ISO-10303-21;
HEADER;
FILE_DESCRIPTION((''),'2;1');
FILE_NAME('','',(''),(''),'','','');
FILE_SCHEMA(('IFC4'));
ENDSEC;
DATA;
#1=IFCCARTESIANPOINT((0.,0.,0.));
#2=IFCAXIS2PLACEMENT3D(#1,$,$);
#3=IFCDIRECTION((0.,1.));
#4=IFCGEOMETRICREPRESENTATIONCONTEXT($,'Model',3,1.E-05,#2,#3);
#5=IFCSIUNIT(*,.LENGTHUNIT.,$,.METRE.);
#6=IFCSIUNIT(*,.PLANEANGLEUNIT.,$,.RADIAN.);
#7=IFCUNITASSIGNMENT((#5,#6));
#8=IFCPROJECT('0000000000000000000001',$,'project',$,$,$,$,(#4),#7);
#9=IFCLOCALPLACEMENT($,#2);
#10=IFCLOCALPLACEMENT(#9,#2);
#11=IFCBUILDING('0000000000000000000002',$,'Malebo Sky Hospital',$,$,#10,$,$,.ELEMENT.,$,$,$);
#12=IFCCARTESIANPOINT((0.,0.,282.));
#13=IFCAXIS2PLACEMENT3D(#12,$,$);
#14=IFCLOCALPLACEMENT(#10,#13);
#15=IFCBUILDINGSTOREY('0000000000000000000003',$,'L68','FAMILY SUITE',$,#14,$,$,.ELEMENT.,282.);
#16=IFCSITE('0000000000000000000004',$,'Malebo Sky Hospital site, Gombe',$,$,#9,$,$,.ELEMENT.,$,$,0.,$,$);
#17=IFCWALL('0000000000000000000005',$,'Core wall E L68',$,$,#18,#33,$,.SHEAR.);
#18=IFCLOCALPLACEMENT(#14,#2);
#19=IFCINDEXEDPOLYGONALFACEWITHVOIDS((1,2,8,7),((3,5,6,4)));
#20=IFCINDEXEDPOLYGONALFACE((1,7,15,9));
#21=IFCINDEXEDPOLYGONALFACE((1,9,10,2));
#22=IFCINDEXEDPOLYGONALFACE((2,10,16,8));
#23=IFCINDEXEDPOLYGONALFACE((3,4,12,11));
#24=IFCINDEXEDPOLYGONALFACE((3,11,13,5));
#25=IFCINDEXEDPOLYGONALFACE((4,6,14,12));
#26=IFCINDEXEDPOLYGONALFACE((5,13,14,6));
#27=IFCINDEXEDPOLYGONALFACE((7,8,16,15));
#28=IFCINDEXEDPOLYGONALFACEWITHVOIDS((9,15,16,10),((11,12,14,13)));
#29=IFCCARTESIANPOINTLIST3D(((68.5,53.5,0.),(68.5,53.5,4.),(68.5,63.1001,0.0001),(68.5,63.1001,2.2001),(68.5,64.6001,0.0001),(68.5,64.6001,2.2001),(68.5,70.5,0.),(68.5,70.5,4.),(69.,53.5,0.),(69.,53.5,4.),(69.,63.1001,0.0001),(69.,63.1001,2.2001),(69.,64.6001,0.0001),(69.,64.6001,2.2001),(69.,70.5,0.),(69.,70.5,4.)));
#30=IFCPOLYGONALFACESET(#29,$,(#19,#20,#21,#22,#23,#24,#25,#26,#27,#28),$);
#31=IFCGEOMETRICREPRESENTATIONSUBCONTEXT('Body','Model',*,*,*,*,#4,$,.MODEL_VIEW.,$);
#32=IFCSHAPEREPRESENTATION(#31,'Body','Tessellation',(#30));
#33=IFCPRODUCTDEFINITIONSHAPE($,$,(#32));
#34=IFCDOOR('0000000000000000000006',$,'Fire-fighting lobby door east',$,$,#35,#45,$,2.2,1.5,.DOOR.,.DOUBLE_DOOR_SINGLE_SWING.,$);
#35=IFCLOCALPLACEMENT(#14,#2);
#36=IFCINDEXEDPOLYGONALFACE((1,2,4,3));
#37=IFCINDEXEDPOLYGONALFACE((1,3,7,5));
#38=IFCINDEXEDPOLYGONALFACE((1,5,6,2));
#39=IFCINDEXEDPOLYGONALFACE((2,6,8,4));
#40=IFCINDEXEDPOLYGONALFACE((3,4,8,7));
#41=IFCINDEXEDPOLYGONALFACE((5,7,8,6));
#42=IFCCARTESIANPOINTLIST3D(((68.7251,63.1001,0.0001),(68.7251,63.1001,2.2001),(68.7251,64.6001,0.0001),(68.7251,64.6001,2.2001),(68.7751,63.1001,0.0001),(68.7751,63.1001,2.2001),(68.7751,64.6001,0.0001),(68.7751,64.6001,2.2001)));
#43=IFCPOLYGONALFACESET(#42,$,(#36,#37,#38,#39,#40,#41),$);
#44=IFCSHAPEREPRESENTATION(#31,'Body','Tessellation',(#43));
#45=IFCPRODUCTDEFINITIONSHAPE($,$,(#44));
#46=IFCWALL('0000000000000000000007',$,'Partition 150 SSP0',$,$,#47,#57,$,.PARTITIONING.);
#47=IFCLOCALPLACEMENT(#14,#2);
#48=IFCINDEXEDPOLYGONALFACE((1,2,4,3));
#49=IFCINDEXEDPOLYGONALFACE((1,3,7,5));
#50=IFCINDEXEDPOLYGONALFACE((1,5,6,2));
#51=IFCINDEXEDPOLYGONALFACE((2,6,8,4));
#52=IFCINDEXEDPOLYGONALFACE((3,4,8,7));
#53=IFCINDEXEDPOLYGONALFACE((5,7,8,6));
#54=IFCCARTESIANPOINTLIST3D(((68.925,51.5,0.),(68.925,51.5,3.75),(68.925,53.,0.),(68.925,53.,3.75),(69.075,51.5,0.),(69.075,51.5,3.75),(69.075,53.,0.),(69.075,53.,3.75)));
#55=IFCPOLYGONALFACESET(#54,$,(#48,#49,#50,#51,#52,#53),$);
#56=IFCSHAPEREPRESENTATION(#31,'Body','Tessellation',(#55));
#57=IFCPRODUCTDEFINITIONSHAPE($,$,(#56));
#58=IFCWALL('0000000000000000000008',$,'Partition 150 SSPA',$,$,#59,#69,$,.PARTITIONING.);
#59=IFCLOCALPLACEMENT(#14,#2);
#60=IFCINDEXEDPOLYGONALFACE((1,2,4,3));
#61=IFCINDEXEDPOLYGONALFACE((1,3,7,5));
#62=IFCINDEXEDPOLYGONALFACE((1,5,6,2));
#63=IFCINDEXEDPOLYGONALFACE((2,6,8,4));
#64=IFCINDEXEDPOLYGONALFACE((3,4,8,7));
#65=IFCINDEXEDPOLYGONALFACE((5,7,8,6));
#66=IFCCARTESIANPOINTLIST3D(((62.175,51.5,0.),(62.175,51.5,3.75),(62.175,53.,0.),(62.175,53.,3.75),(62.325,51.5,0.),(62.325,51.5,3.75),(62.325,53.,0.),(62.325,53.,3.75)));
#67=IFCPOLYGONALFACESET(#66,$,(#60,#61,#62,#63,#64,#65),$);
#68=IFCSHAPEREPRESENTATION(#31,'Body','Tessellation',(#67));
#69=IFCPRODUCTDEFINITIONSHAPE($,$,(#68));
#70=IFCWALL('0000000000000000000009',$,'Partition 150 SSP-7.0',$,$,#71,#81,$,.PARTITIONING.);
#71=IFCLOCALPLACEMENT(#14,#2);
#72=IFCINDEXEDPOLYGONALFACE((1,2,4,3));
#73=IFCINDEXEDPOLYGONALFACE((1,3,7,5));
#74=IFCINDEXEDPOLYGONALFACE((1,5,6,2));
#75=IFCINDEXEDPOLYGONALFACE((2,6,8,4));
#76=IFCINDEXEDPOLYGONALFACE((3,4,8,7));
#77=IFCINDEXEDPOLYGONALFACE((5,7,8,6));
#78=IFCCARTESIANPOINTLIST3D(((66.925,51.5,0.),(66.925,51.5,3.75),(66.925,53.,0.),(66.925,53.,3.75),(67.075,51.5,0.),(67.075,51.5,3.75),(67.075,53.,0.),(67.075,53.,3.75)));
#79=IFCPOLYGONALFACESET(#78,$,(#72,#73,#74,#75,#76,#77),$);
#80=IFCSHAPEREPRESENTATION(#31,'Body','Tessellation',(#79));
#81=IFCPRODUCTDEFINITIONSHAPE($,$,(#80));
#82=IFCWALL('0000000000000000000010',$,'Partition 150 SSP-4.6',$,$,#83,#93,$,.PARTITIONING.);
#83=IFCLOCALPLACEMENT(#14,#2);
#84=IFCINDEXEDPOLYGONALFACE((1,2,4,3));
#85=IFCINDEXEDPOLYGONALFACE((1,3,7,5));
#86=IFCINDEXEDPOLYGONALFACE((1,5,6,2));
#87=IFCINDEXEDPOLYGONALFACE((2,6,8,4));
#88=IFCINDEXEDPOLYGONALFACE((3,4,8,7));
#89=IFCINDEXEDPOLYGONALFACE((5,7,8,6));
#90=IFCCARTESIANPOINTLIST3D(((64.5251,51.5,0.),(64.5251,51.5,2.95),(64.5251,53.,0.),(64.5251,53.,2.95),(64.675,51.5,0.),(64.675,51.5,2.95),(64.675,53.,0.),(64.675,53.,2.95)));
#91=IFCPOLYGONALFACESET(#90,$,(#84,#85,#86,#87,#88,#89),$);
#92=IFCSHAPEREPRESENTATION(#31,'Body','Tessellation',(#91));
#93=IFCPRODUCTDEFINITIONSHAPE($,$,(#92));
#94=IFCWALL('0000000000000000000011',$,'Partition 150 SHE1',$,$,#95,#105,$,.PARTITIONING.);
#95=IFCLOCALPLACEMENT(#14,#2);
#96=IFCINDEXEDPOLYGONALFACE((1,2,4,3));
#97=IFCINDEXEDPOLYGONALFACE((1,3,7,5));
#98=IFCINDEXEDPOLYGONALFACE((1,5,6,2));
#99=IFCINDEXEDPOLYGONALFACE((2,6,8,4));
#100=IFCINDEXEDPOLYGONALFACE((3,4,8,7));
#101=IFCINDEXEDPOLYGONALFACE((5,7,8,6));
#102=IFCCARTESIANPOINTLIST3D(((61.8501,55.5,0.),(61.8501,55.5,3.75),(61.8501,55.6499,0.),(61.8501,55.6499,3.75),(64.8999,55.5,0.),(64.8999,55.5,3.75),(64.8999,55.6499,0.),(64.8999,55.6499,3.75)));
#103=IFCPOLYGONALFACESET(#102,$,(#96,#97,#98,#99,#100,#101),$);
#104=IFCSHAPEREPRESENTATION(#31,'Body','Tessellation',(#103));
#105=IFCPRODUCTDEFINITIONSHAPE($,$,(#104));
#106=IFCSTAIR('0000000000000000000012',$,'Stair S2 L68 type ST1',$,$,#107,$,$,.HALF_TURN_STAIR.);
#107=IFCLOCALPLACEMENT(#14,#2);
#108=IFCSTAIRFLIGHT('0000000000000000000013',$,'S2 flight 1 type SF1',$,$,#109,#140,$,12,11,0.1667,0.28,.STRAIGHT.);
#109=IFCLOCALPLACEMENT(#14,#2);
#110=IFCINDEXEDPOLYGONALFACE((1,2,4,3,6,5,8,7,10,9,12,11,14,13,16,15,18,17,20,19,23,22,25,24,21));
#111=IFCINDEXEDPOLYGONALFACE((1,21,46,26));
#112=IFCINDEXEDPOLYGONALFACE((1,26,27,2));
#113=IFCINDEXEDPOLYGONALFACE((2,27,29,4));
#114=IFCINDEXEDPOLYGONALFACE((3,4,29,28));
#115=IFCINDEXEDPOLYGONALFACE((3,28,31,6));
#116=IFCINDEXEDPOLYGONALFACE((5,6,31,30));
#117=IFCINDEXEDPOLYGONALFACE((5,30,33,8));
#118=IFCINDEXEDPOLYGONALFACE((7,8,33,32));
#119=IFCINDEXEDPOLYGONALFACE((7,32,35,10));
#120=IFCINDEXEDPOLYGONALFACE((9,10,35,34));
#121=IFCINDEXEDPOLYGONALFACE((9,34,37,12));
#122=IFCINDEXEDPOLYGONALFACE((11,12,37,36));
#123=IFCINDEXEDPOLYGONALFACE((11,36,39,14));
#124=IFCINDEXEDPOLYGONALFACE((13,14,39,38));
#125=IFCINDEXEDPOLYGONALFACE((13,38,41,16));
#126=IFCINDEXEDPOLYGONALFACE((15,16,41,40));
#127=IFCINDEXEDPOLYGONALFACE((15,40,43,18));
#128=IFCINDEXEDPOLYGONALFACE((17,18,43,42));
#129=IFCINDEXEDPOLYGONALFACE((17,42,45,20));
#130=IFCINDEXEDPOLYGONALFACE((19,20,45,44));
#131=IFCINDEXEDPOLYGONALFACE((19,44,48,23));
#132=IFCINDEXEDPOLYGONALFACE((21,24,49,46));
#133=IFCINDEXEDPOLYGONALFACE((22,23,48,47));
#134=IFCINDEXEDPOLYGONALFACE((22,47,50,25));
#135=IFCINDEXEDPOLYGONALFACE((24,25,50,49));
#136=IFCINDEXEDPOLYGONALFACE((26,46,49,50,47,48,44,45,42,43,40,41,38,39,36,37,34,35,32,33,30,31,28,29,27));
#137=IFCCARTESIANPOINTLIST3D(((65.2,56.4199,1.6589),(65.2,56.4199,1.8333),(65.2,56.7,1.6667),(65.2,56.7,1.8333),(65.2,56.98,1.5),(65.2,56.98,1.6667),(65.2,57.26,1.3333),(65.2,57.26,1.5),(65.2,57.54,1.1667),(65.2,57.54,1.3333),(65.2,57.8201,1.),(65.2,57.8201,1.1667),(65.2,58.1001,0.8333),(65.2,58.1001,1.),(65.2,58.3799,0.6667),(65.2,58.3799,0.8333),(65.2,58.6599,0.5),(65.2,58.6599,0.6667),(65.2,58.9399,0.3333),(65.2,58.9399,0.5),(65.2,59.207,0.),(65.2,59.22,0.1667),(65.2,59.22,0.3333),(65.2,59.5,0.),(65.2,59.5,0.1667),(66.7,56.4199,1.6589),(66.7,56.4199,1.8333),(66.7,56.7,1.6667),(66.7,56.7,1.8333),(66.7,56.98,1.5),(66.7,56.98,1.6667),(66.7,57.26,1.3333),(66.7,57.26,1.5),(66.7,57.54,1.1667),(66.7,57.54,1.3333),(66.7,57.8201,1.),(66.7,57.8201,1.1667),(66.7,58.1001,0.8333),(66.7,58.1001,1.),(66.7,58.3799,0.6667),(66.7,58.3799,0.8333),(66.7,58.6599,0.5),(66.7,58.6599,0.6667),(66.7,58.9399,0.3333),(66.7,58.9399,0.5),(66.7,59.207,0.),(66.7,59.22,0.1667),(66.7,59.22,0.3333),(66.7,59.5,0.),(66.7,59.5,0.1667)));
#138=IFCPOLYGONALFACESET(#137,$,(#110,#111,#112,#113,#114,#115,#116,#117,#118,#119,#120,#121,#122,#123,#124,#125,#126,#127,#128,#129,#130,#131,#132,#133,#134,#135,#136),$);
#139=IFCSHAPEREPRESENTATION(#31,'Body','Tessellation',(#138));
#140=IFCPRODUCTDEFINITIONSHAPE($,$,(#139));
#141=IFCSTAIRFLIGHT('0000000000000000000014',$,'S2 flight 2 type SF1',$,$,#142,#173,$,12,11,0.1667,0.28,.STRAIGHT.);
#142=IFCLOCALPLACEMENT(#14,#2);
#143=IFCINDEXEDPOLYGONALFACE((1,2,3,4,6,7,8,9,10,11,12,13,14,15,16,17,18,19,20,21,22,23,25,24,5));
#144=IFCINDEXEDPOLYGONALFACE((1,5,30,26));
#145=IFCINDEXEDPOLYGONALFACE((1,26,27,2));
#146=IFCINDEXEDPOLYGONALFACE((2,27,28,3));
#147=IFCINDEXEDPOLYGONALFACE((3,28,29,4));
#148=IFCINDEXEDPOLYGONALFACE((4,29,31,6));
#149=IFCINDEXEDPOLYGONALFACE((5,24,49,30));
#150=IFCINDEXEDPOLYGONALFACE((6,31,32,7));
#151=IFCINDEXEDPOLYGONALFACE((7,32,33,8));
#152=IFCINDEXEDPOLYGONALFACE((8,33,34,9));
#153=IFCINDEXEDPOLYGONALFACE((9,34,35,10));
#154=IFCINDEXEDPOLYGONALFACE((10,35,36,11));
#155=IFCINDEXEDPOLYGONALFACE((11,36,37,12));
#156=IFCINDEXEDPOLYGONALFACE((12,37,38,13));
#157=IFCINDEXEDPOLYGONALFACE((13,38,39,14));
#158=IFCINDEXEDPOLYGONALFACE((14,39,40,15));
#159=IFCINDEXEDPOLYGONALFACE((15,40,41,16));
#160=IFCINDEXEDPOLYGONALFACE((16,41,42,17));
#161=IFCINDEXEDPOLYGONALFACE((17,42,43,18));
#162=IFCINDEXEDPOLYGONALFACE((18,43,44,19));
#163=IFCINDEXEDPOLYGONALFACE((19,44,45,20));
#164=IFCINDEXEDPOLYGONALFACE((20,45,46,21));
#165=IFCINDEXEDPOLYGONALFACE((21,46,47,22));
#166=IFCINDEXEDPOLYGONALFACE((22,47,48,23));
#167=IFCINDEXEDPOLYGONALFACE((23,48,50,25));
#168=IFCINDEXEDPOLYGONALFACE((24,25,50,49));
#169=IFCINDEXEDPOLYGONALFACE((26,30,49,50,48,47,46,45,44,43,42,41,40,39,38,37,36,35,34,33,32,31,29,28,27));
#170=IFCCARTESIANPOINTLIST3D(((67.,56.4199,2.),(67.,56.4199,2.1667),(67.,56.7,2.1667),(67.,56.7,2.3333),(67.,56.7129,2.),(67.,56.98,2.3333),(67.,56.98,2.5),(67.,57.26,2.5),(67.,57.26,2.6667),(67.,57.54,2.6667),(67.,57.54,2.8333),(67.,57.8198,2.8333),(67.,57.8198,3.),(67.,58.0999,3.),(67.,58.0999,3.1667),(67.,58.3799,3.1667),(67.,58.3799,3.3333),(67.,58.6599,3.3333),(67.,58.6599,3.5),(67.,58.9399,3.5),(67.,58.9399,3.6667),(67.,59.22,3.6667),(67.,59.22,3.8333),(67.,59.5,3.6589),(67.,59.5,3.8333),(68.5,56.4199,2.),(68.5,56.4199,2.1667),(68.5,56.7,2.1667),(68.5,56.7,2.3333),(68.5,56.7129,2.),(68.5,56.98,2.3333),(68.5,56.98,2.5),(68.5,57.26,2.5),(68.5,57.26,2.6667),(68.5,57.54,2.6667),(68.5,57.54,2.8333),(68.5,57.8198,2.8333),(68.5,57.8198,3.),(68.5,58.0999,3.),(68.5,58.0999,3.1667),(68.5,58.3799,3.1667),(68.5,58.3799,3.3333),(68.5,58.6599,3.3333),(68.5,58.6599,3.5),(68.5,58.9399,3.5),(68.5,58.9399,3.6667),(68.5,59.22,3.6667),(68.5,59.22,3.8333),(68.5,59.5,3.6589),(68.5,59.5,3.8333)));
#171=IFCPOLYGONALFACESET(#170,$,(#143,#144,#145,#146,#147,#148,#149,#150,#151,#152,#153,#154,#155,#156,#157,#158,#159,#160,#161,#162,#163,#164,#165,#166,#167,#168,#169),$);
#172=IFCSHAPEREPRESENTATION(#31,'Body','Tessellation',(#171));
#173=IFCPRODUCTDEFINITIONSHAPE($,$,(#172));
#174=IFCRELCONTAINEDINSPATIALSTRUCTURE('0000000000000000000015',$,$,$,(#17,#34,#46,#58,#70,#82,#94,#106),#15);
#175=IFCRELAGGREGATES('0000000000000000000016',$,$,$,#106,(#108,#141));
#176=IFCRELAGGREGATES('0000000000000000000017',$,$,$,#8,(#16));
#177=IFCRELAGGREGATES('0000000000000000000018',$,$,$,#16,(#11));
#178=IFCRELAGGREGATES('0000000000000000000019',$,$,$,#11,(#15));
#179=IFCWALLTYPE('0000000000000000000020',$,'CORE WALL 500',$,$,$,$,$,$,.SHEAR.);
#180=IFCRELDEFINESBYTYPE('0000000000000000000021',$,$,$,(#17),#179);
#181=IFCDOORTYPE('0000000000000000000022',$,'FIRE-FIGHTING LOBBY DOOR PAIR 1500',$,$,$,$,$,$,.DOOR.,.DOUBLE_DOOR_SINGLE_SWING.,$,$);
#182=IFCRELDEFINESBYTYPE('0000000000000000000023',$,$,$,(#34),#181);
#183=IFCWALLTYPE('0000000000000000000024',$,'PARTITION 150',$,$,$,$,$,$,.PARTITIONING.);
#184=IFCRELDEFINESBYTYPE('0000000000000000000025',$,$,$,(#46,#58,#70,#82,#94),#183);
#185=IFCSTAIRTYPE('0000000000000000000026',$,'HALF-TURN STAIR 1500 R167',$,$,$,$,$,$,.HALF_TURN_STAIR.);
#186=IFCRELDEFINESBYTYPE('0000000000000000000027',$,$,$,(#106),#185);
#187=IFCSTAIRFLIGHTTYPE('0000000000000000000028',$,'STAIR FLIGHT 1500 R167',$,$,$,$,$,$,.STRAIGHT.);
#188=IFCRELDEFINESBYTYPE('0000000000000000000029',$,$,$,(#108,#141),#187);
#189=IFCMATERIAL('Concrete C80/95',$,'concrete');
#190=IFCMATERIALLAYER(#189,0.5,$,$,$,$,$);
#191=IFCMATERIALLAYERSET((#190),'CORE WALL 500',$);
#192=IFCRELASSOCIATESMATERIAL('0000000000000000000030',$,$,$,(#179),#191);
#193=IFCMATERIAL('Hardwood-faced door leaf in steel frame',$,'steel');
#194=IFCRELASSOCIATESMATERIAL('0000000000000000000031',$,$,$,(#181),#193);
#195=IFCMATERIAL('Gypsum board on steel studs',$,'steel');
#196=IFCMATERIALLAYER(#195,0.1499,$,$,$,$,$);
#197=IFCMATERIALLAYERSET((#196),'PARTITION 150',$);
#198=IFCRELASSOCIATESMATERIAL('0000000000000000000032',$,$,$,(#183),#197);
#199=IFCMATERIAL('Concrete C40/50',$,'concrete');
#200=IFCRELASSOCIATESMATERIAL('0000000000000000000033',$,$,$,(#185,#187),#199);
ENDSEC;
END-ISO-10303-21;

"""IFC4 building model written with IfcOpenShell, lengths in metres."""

from ifc_helpers import new_model, si_unit, direction, frame, frame_2d, origin, place, context, subcontext, project, spatial, polyline, rectangle, outline, extrude, material, layer, layer_set, type_object, element, fill, aggregate, save


model = new_model("IFC4")

# Units and contexts
model_context = context("Model", 3, precision=1e-05, world=origin(), true_north=direction((0.0, 1.0)))
body_context = subcontext(model_context, "Body", "Model", "MODEL_VIEW")
ifc_project = project(units=[si_unit("LENGTHUNIT", "METRE"), si_unit("PLANEANGLEUNIT", "RADIAN")], contexts=[model_context])

# Site, building, storey
site_placement = place(None, origin())
site = spatial("IfcSite", under=ifc_project, at=site_placement, Name="Malebo Sky Hospital site, Gombe", CompositionType="ELEMENT", RefElevation=0.0)
building_placement = place(site_placement, origin())
building = spatial("IfcBuilding", under=site, at=building_placement, Name="Malebo Sky Hospital", CompositionType="ELEMENT")
storey_placement = place(building_placement, frame((0.0, 0.0, 282.0)))
storey = spatial("IfcBuildingStorey", under=building, at=storey_placement, Name="L68", Description="FAMILY SUITE", CompositionType="ELEMENT", Elevation=282.0)

# Shared definitions
ifc_material_1 = material(Name="Concrete C80/95", Category="concrete")
ifc_material_2 = material(Name="Hardwood-faced door leaf in steel frame", Category="steel")

# Wall, opening, door
ifc_layer_1 = layer(ifc_material_1, 0.5)
ifc_layer_set_1 = layer_set([ifc_layer_1], Name="CORE WALL 500")
wall_type_1 = type_object("IfcWallType", Name="CORE WALL 500", PredefinedType="SHEAR", material=ifc_layer_set_1)
wall_1_placement = place(storey_placement, frame((68.75, 53.5, 0.0), z_axis=(0.0, 0.0, 1.0), x_axis=(0.0, 1.0, 0.0)))
wall_1 = element("IfcWall", 1, at=wall_1_placement, inside=storey, type_object=wall_type_1, Name="Core wall E L68", PredefinedType="SHEAR", context=body_context, shape_type="SweptSolid", body=[
    extrude(rectangle(XDim=17.0, YDim=0.5, at=frame_2d((8.5, 0.0))), origin(), (0.0, 0.0, 1.0), 4.0),
])
opening_1_placement = place(wall_1_placement, frame((9.6001, 0.0, 0.0)))
opening_1 = element("IfcOpeningElement", 2, at=opening_1_placement, cuts=wall_1, PredefinedType="OPENING", context=body_context, shape_type="SweptSolid", body=[
    extrude(rectangle(XDim=1.5, YDim=2.2, at=frame_2d((0.75, 1.1001))), frame((0.0, 0.26, 0.0), z_axis=(0.0, -1.0, 0.0), x_axis=(1.0, 0.0, 0.0)), (0.0, 0.0, 1.0), 0.52),
])
door_type_1 = type_object("IfcDoorType", Name="FIRE-FIGHTING LOBBY DOOR PAIR 1500", OperationType="DOUBLE_DOOR_SINGLE_SWING", PredefinedType="DOOR", material=ifc_material_2)
door_1_placement = place(opening_1_placement, origin())
door_1 = element("IfcDoor", 3, at=door_1_placement, inside=storey, type_object=door_type_1, Name="Fire-fighting lobby door east", OperationType="DOUBLE_DOOR_SINGLE_SWING", OverallHeight=2.2, OverallWidth=1.5, PredefinedType="DOOR", context=body_context, shape_type="SweptSolid", body=[
    extrude(rectangle(XDim=1.5, YDim=2.2, at=frame_2d((0.75, 1.1001))), frame((0.0, 0.0249, 0.0), z_axis=(0.0, -1.0, 0.0), x_axis=(1.0, 0.0, 0.0)), (0.0, 0.0, 1.0), 0.05),
])
fill(opening_1, door_1)

# Walls
ifc_material_3 = material(Name="Gypsum board on steel studs", Category="steel")
ifc_layer_2 = layer(ifc_material_3, 0.1499)
ifc_layer_set_2 = layer_set([ifc_layer_2], Name="PARTITION 150")
wall_type_2 = type_object("IfcWallType", Name="PARTITION 150", PredefinedType="PARTITIONING", material=ifc_layer_set_2)
for number, where, z_axis, x_axis, name in (
    (4, (69.0, 53.0, 0.0), (0.0, 0.0, 1.0), (0.0, -1.0, 0.0), "Partition 150 SSP0"),
    (5, (62.25, 53.0, 0.0), (0.0, 0.0, 1.0), (0.0, -1.0, 0.0), "Partition 150 SSPA"),
    (6, (67.0, 53.0, 0.0), (0.0, 0.0, 1.0), (0.0, -1.0, 0.0), "Partition 150 SSP-7.0"),
):
    element("IfcWall", number, at=place(storey_placement, frame(where, z_axis=z_axis, x_axis=x_axis)), inside=storey, type_object=wall_type_2, Name=name, PredefinedType="PARTITIONING", context=body_context, shape_type="SweptSolid", body=[
        extrude(rectangle(XDim=1.5, YDim=0.1499, at=frame_2d((0.75, 0.0))), origin(), (0.0, 0.0, 1.0), 3.75),
    ])
wall_2_placement = place(storey_placement, frame((64.6001, 53.0, 0.0), z_axis=(0.0, 0.0, 1.0), x_axis=(0.0, -1.0, 0.0)))
element("IfcWall", 7, at=wall_2_placement, inside=storey, type_object=wall_type_2, Name="Partition 150 SSP-4.6", PredefinedType="PARTITIONING", context=body_context, shape_type="SweptSolid", body=[
    extrude(rectangle(XDim=1.5, YDim=0.1499, at=frame_2d((0.75, 0.0))), origin(), (0.0, 0.0, 1.0), 2.95),
])
wall_3_placement = place(storey_placement, frame((61.8501, 55.575, 0.0), z_axis=(0.0, 0.0, 1.0), x_axis=(1.0, 0.0, 0.0)))
element("IfcWall", 8, at=wall_3_placement, inside=storey, type_object=wall_type_2, Name="Partition 150 SHE1", PredefinedType="PARTITIONING", context=body_context, shape_type="SweptSolid", body=[
    extrude(rectangle(XDim=3.0498, YDim=0.1499, at=frame_2d((1.5249, 0.0))), origin(), (0.0, 0.0, 1.0), 3.75),
])

# Stair, stair flights
ifc_material_4 = material(Name="Concrete C40/50", Category="concrete")
stair_type = type_object("IfcStairType", Name="HALF-TURN STAIR 1500 R167", PredefinedType="HALF_TURN_STAIR", material=ifc_material_4)
stair_placement = place(storey_placement, origin())
stair = element("IfcStair", 9, at=stair_placement, inside=storey, type_object=stair_type, Name="Stair S2 L68 type ST1", PredefinedType="HALF_TURN_STAIR")
stair_flight_type = type_object("IfcStairFlightType", Name="STAIR FLIGHT 1500 R167", PredefinedType="STRAIGHT", material=ifc_material_4)
stair_flight_1_placement = place(storey_placement, frame((65.95, 59.5, 0.0), z_axis=(0.0, 0.0, 1.0), x_axis=(0.0, -1.0, 0.0)))
stair_flight_1 = element("IfcStairFlight", 10, at=stair_flight_1_placement, type_object=stair_flight_type, Name="S2 flight 1 type SF1", NumberOfRisers=12, NumberOfTreads=11, PredefinedType="STRAIGHT", RiserHeight=0.1667, TreadLength=0.28, context=body_context, shape_type="SweptSolid", body=[
    extrude(outline(polyline([(0.0, 0.0), (0.0, 0.1667), (0.28, 0.1667), (0.28, 0.3333), (0.5601, 0.3333), (0.5601, 0.5), (0.8401, 0.5), (0.8401, 0.6667), (1.1201, 0.6667), (1.1201, 0.8333), (1.3999, 0.8333), (1.3999, 1.0), (1.6799, 1.0), (1.6799, 1.1667), (1.96, 1.1667), (1.96, 1.3333), (2.24, 1.3333), (2.24, 1.5), (2.52, 1.5), (2.52, 1.6667), (2.8, 1.6667), (2.8, 1.8333), (3.0801, 1.8333), (3.0801, 2.0), (3.0801, 1.6589), (0.293, 0.0), (0.0, 0.0)])), frame((0.0, 0.75, 0.0), z_axis=(0.0, -1.0, 0.0), x_axis=(1.0, 0.0, 0.0)), (0.0, 0.0, 1.0), 1.5),
])
stair_flight_2_placement = place(storey_placement, frame((67.75, 56.4199, 2.0), z_axis=(0.0, 0.0, 1.0), x_axis=(0.0, 1.0, 0.0)))
stair_flight_2 = element("IfcStairFlight", 11, at=stair_flight_2_placement, type_object=stair_flight_type, Name="S2 flight 2 type SF1", NumberOfRisers=12, NumberOfTreads=11, PredefinedType="STRAIGHT", RiserHeight=0.1667, TreadLength=0.28, context=body_context, shape_type="SweptSolid", body=[
    extrude(outline(polyline([(0.0, 0.0), (0.0, 0.1667), (0.28, 0.1667), (0.28, 0.3333), (0.5601, 0.3333), (0.5601, 0.5), (0.8401, 0.5), (0.8401, 0.6667), (1.1201, 0.6667), (1.1201, 0.8333), (1.3999, 0.8333), (1.3999, 1.0), (1.6799, 1.0), (1.6799, 1.1667), (1.96, 1.1667), (1.96, 1.3333), (2.24, 1.3333), (2.24, 1.5), (2.52, 1.5), (2.52, 1.6667), (2.8, 1.6667), (2.8, 1.8333), (3.0801, 1.8333), (3.0801, 2.0), (3.0801, 1.6589), (0.293, 0.0), (0.0, 0.0)])), frame((0.0, 0.75, 0.0), z_axis=(0.0, -1.0, 0.0), x_axis=(1.0, 0.0, 0.0)), (0.0, 0.0, 1.0), 1.5),
])
aggregate(stair, [stair_flight_1, stair_flight_2])

save(model, "model.ifc")
